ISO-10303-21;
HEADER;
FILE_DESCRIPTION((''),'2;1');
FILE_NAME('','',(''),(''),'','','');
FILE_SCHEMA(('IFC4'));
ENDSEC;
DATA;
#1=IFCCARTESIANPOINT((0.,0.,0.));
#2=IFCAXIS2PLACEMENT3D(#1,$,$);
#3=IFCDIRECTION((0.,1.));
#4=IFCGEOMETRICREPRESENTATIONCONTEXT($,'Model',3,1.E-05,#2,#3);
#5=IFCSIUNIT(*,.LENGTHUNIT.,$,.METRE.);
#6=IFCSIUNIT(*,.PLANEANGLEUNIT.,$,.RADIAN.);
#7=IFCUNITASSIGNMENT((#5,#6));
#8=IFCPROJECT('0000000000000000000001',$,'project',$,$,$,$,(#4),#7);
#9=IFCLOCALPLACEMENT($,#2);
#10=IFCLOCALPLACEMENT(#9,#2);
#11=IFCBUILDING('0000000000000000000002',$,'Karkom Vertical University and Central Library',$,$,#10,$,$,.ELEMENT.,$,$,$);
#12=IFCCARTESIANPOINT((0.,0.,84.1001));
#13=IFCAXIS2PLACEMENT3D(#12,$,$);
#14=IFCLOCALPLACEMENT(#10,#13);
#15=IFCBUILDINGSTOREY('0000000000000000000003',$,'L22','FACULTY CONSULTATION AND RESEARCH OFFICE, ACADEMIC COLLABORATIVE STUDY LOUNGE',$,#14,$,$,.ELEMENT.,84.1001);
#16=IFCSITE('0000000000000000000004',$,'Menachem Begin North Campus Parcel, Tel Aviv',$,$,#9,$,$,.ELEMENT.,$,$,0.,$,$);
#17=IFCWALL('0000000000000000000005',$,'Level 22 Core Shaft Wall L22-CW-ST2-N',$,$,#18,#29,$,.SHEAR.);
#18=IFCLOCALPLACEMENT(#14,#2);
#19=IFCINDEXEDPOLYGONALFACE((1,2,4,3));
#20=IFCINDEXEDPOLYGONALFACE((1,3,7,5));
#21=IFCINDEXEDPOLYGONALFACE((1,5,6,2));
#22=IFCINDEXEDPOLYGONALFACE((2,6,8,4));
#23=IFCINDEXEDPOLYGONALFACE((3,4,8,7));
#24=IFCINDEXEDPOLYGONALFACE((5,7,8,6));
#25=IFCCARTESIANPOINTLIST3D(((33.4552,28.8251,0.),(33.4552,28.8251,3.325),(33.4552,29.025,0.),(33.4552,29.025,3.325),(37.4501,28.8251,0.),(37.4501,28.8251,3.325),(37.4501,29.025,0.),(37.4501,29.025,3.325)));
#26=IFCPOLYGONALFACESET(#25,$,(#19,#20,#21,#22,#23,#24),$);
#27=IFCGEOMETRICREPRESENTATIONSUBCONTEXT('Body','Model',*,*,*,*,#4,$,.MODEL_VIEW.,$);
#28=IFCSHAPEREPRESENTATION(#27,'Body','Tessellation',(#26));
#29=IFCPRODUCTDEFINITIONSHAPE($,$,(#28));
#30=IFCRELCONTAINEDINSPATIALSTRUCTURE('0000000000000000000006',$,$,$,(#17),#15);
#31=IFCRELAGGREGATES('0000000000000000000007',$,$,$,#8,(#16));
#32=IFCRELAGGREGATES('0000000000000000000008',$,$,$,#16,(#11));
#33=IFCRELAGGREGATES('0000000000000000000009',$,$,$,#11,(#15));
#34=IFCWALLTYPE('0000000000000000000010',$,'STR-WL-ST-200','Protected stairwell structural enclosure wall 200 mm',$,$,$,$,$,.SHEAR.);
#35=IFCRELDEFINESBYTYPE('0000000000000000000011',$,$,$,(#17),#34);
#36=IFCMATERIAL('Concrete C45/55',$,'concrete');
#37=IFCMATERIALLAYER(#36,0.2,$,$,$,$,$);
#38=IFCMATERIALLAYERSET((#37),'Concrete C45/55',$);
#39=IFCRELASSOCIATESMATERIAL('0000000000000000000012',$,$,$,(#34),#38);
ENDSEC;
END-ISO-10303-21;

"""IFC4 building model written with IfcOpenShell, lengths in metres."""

from ifc_helpers import new_model, si_unit, direction, frame, frame_2d, origin, place, context, subcontext, project, spatial, rectangle, extrude, material, layer, layer_set, type_object, element, save


model = new_model("IFC4")

# Units and contexts
model_context = context("Model", 3, precision=1e-05, world=origin(), true_north=direction((0.0, 1.0)))
body_context = subcontext(model_context, "Body", "Model", "MODEL_VIEW")
ifc_project = project(units=[si_unit("LENGTHUNIT", "METRE"), si_unit("PLANEANGLEUNIT", "RADIAN")], contexts=[model_context])

# Site, building, storey
site_placement = place(None, origin())
site = spatial("IfcSite", under=ifc_project, at=site_placement, Name="Menachem Begin North Campus Parcel, Tel Aviv", CompositionType="ELEMENT", RefElevation=0.0)
building_placement = place(site_placement, origin())
building = spatial("IfcBuilding", under=site, at=building_placement, Name="Karkom Vertical University and Central Library", CompositionType="ELEMENT")
storey_placement = place(building_placement, frame((0.0, 0.0, 84.1001)))
storey = spatial("IfcBuildingStorey", under=building, at=storey_placement, Name="L22", Description="FACULTY CONSULTATION AND RESEARCH OFFICE, ACADEMIC COLLABORATIVE STUDY LOUNGE", CompositionType="ELEMENT", Elevation=84.1001)

# Wall
ifc_material_1 = material(Name="Concrete C45/55", Category="concrete")
ifc_layer_1 = layer(ifc_material_1, 0.2)
ifc_layer_set_1 = layer_set([ifc_layer_1], Name="Concrete C45/55")
wall_type_1 = type_object("IfcWallType", Name="STR-WL-ST-200", Description="Protected stairwell structural enclosure wall 200 mm", PredefinedType="SHEAR", material=ifc_layer_set_1)
wall_1_placement = place(storey_placement, frame((33.4551, 28.925, 0.0), z_axis=(0.0, 0.0, 1.0), x_axis=(1.0, 0.0, 0.0)))
element("IfcWall", 1, at=wall_1_placement, inside=storey, type_object=wall_type_1, Name="Level 22 Core Shaft Wall L22-CW-ST2-N", PredefinedType="SHEAR", context=body_context, shape_type="SweptSolid", body=[
    extrude(rectangle(XDim=3.9949, YDim=0.2, at=frame_2d((1.9976, 0.0))), origin(), (0.0, 0.0, 1.0), 3.325),
])

save(model, "model.ifc")
